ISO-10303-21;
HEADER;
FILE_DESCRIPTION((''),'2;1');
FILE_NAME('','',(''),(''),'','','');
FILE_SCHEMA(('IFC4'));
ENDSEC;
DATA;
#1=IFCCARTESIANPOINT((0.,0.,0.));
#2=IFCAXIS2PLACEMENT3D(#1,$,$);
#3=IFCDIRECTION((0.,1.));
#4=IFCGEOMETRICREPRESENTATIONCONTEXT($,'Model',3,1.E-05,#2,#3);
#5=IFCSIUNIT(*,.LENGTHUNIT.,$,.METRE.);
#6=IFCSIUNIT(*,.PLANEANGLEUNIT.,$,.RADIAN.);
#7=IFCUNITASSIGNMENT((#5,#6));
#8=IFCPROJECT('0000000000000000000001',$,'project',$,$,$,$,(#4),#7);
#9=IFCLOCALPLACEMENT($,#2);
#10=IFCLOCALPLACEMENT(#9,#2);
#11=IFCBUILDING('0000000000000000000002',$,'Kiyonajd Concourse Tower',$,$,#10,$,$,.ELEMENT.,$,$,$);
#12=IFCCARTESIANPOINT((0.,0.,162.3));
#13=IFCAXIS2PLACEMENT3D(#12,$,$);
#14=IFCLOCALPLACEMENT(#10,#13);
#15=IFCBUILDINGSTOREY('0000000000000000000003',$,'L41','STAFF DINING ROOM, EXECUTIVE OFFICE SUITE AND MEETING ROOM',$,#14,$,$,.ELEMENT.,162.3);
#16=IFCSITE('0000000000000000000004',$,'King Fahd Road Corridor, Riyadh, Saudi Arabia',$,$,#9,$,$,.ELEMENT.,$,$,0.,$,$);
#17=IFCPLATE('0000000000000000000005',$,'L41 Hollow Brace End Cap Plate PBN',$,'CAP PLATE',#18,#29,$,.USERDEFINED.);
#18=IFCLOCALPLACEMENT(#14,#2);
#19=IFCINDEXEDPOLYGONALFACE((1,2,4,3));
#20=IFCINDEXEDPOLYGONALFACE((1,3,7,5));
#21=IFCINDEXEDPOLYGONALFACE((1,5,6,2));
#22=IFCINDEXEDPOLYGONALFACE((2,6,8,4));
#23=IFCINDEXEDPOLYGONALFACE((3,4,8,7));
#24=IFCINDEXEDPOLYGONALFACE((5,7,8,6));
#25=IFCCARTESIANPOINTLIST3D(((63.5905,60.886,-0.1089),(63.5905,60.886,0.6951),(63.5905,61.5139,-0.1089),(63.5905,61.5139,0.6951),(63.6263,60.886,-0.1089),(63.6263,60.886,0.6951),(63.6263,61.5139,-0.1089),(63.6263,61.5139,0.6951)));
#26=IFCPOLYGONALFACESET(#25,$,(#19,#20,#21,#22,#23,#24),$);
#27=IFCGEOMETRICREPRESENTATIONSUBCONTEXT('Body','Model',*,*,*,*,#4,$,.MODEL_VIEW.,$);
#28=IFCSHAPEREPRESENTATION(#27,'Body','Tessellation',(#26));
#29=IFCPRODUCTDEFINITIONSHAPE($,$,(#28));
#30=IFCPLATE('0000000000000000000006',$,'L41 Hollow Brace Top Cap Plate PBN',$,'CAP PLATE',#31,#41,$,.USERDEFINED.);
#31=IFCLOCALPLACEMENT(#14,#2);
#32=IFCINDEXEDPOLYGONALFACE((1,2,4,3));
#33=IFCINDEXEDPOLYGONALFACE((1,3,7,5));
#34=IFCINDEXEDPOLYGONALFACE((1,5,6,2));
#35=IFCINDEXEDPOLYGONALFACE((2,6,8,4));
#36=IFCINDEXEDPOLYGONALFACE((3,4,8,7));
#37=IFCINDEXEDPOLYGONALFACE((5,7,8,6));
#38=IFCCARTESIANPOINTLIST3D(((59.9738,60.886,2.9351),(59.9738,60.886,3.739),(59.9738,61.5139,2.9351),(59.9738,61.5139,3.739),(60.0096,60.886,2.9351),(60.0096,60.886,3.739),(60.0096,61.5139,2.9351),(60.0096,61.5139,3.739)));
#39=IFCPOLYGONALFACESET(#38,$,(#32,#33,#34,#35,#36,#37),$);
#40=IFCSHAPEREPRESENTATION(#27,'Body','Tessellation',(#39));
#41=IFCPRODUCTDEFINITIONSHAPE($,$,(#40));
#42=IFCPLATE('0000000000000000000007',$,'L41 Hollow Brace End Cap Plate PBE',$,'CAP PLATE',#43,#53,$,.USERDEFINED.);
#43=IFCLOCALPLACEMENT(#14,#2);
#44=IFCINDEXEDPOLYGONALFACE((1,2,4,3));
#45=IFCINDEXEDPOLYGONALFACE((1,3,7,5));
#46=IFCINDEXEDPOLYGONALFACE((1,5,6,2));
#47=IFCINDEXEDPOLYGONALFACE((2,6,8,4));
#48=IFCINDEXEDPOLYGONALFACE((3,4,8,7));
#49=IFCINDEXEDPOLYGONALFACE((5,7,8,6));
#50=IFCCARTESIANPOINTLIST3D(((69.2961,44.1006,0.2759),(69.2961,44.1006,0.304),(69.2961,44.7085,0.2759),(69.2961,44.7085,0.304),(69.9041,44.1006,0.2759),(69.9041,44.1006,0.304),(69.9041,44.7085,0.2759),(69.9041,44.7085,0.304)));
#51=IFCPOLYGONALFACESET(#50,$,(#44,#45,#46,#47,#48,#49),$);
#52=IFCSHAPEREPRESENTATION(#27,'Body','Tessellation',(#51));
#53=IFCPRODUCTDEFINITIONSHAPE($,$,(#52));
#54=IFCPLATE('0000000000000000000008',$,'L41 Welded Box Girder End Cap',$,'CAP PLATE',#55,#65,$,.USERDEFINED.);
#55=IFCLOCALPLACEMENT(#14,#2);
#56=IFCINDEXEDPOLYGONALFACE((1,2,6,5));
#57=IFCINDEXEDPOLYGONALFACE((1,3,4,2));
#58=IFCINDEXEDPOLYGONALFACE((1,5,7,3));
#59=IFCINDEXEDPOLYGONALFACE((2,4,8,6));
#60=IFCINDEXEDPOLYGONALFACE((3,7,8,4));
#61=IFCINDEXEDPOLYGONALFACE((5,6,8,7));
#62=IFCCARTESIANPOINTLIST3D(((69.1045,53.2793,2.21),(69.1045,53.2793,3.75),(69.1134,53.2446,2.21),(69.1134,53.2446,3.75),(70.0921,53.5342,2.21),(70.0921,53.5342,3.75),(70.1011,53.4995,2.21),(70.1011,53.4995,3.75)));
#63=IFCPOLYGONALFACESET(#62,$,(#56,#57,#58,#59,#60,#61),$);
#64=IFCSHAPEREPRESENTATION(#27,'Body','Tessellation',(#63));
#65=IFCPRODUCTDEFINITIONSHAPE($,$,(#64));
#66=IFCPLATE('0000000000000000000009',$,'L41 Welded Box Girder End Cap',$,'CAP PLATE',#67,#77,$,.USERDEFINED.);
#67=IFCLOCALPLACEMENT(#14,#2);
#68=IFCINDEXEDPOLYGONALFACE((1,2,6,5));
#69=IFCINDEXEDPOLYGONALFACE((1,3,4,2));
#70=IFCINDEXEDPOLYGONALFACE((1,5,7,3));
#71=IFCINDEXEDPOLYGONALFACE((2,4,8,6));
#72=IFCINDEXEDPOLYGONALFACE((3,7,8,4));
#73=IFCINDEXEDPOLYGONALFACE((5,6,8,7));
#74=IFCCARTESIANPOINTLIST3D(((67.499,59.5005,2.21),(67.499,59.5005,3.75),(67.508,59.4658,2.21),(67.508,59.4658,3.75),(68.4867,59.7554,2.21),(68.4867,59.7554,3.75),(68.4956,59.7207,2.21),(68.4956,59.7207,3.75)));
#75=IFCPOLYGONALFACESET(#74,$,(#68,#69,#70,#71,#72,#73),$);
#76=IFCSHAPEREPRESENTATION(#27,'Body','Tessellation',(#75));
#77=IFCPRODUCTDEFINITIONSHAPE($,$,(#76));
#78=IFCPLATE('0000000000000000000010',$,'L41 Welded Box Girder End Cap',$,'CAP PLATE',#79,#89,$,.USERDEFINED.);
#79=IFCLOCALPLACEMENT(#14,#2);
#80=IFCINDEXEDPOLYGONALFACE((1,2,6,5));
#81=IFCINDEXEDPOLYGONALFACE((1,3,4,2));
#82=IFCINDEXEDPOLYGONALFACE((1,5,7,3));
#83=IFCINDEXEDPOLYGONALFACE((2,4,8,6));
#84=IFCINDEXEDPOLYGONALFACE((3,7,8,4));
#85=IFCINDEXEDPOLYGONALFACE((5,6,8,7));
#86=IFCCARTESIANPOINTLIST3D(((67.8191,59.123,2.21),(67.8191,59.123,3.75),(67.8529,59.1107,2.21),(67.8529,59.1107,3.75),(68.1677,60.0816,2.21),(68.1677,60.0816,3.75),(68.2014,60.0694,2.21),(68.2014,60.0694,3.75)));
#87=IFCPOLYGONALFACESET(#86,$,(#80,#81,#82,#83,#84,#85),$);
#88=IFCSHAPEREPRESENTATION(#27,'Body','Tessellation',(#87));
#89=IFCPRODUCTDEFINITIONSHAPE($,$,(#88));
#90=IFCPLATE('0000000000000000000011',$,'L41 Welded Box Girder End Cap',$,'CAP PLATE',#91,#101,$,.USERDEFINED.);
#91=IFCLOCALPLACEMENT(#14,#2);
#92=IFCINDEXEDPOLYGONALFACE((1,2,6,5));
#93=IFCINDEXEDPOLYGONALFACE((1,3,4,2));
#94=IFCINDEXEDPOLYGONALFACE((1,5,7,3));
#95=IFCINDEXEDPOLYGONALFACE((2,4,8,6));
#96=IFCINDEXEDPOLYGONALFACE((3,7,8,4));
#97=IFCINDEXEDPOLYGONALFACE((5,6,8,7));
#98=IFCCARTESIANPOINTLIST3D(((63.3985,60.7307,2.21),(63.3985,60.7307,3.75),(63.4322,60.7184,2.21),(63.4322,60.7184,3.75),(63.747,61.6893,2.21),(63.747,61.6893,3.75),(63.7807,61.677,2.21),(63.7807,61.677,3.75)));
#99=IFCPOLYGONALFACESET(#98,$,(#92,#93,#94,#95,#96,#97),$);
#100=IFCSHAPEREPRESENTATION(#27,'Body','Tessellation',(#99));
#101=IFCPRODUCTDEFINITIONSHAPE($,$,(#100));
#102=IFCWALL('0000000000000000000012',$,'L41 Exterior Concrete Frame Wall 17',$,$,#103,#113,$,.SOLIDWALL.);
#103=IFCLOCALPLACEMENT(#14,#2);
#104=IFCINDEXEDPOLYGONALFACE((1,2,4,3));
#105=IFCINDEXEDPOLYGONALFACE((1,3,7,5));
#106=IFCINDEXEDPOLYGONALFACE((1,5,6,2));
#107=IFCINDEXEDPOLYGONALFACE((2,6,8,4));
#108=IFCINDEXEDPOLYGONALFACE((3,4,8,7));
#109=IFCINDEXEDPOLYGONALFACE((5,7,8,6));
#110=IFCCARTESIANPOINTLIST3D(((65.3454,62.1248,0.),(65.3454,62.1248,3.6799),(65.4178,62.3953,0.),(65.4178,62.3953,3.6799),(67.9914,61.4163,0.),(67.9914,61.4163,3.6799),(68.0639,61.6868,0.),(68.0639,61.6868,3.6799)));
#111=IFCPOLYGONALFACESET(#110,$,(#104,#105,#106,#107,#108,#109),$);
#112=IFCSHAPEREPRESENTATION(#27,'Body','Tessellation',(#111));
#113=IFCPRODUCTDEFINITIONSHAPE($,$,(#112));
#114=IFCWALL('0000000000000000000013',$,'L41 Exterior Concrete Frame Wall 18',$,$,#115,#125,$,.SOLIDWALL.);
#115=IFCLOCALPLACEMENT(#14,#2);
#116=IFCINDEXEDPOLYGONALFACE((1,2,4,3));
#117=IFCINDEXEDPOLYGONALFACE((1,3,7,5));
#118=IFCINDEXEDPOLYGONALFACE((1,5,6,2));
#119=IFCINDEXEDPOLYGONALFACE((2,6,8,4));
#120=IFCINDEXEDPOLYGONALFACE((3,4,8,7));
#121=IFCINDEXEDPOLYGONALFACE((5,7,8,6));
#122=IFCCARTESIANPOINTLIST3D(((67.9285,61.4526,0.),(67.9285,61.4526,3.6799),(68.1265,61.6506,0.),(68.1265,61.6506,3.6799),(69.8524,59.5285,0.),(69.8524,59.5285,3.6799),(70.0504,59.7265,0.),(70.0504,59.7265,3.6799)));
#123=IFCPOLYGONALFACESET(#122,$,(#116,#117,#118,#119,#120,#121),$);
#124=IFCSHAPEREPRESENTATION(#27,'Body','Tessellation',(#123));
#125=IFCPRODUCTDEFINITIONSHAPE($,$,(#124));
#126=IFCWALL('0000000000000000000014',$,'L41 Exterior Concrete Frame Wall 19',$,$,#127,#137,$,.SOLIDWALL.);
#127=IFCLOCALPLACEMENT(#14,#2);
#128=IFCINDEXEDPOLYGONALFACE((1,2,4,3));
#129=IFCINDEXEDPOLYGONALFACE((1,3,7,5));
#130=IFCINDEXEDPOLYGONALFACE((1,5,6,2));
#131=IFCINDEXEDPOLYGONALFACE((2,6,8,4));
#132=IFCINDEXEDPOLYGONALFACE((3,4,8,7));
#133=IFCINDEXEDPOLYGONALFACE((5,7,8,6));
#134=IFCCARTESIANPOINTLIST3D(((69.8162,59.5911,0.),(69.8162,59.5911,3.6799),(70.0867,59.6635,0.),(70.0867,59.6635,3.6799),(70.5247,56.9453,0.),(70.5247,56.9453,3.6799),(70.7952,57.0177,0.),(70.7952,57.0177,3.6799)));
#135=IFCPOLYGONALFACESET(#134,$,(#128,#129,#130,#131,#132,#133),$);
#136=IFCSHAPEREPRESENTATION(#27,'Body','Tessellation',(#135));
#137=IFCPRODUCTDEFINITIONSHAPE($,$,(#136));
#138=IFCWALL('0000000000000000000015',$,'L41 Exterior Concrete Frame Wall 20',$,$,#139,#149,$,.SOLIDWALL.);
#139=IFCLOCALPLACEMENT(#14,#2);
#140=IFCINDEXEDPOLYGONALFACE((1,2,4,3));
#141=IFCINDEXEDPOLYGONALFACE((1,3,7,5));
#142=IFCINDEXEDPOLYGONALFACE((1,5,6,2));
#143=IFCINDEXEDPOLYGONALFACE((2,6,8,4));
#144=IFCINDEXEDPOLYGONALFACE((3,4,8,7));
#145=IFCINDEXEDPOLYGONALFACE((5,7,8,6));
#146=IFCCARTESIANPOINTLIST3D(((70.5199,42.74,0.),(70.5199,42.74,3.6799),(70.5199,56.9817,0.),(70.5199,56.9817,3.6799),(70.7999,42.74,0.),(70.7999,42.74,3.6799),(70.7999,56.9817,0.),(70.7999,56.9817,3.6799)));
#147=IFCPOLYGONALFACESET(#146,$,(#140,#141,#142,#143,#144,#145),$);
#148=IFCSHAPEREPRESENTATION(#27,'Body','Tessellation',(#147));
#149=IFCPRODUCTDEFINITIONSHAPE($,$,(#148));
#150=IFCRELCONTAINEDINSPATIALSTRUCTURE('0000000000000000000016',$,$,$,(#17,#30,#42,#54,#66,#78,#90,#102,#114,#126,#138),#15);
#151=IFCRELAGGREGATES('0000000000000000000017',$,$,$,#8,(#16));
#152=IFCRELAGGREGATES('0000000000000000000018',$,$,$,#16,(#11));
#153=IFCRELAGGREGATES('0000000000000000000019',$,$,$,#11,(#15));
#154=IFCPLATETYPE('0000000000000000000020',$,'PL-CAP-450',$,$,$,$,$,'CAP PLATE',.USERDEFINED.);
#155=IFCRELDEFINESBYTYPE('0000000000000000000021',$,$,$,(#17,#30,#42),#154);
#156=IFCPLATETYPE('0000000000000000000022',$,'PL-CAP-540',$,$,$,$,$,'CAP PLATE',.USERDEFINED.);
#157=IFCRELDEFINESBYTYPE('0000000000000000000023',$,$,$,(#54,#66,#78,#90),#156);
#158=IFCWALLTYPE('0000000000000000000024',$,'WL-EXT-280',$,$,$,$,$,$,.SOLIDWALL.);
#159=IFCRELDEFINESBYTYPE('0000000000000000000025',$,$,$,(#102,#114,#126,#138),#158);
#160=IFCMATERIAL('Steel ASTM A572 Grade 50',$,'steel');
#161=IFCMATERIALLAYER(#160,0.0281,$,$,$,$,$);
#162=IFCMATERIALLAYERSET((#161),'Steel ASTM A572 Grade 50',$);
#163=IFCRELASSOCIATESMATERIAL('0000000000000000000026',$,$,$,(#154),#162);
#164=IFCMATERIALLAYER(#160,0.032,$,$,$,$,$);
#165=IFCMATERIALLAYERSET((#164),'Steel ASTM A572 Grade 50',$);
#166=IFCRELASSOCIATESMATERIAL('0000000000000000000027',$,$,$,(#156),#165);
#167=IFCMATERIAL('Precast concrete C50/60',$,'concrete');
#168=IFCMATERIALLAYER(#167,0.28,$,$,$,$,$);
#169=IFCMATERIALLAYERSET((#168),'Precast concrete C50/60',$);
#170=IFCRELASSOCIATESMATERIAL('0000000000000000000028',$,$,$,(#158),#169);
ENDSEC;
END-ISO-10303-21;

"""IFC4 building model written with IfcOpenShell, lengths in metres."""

from ifc_helpers import new_model, si_unit, direction, frame, frame_2d, origin, origin_2d, place, context, subcontext, project, spatial, rectangle, extrude, material, layer, layer_set, type_object, element, save


model = new_model("IFC4")

# Units and contexts
model_context = context("Model", 3, precision=1e-05, world=origin(), true_north=direction((0.0, 1.0)))
body_context = subcontext(model_context, "Body", "Model", "MODEL_VIEW")
ifc_project = project(units=[si_unit("LENGTHUNIT", "METRE"), si_unit("PLANEANGLEUNIT", "RADIAN")], contexts=[model_context])

# Site, building, storey
site_placement = place(None, origin())
site = spatial("IfcSite", under=ifc_project, at=site_placement, Name="King Fahd Road Corridor, Riyadh, Saudi Arabia", CompositionType="ELEMENT", RefElevation=0.0)
building_placement = place(site_placement, origin())
building = spatial("IfcBuilding", under=site, at=building_placement, Name="Kiyonajd Concourse Tower", CompositionType="ELEMENT")
storey_placement = place(building_placement, frame((0.0, 0.0, 162.3)))
storey = spatial("IfcBuildingStorey", under=building, at=storey_placement, Name="L41", Description="STAFF DINING ROOM, EXECUTIVE OFFICE SUITE AND MEETING ROOM", CompositionType="ELEMENT", Elevation=162.3)

# Shared definitions
ifc_material_1 = material(Name="Steel ASTM A572 Grade 50", Category="steel")

# Plates
ifc_layer_1 = layer(ifc_material_1, 0.0281)
ifc_layer_set_1 = layer_set([ifc_layer_1], Name="Steel ASTM A572 Grade 50")
plate_type_1 = type_object("IfcPlateType", Name="PL-CAP-450", ElementType="CAP PLATE", PredefinedType="USERDEFINED", material=ifc_layer_set_1)
for number, where, z_axis, x_axis, name in (
    (1, (63.6084, 61.2, -0.1089), (0.0, 0.0, 1.0), (1.0, 0.0, 0.0), "L41 Hollow Brace End Cap Plate PBN"),
    (2, (59.9917, 61.2, 2.9351), (0.0, 0.0, 1.0), (-1.0, 0.0, 0.0), "L41 Hollow Brace Top Cap Plate PBN"),
):
    element("IfcPlate", number, at=place(storey_placement, frame(where, z_axis=z_axis, x_axis=x_axis)), inside=storey, type_object=plate_type_1, Name=name, ObjectType="CAP PLATE", PredefinedType="USERDEFINED", context=body_context, shape_type="SweptSolid", body=[
        extrude(rectangle(XDim=0.0359, YDim=0.6279, at=origin_2d()), origin(), (0.0, 0.0, 1.0), 0.804),
    ])
plate_placement = place(storey_placement, frame((69.6001, 44.4045, 0.2759), z_axis=(0.0, 0.0, 1.0), x_axis=(1.0, 0.0, 0.0)))
element("IfcPlate", 3, at=plate_placement, inside=storey, type_object=plate_type_1, Name="L41 Hollow Brace End Cap Plate PBE", ObjectType="CAP PLATE", PredefinedType="USERDEFINED", context=body_context, shape_type="SweptSolid", body=[
    extrude(rectangle(XDim=0.6079, YDim=0.6079, at=origin_2d()), origin(), (0.0, 0.0, 1.0), 0.0281),
])
ifc_layer_2 = layer(ifc_material_1, 0.032)
ifc_layer_set_2 = layer_set([ifc_layer_2], Name="Steel ASTM A572 Grade 50")
plate_type_2 = type_object("IfcPlateType", Name="PL-CAP-540", ElementType="CAP PLATE", PredefinedType="USERDEFINED", material=ifc_layer_set_2)
for number, where, z_axis, x_axis, name in (
    (4, (69.6028, 53.3894, 2.21), (0.0, 0.0, 1.0), (0.249873, -0.968279, 0.0), "L41 Welded Box Girder End Cap"),
    (5, (67.9973, 59.6106, 2.21), (0.0, 0.0, 1.0), (-0.249873, 0.968279, 0.0), "L41 Welded Box Girder End Cap"),
    (6, (68.0103, 59.5962, 2.21), (0.0, 0.0, 1.0), (0.939812, -0.341692, 0.0), "L41 Welded Box Girder End Cap"),
    (7, (63.5896, 61.2039, 2.21), (0.0, 0.0, 1.0), (-0.939812, 0.341692, 0.0), "L41 Welded Box Girder End Cap"),
):
    element("IfcPlate", number, at=place(storey_placement, frame(where, z_axis=z_axis, x_axis=x_axis)), inside=storey, type_object=plate_type_2, Name=name, ObjectType="CAP PLATE", PredefinedType="USERDEFINED", context=body_context, shape_type="SweptSolid", body=[
        extrude(rectangle(XDim=0.0359, YDim=1.02, at=origin_2d()), origin(), (0.0, 0.0, 1.0), 1.54),
    ])

# Walls
ifc_material_2 = material(Name="Precast concrete C50/60", Category="concrete")
ifc_layer_3 = layer(ifc_material_2, 0.28)
ifc_layer_set_3 = layer_set([ifc_layer_3], Name="Precast concrete C50/60")
wall_type = type_object("IfcWallType", Name="WL-EXT-280", PredefinedType="SOLIDWALL", material=ifc_layer_set_3)
wall_1_placement = place(storey_placement, frame((65.3816, 62.26, 0.0), z_axis=(0.0, 0.0, 1.0), x_axis=(0.965971, -0.25865, 0.0)))
element("IfcWall", 8, at=wall_1_placement, inside=storey, type_object=wall_type, Name="L41 Exterior Concrete Frame Wall 17", PredefinedType="SOLIDWALL", context=body_context, shape_type="SweptSolid", body=[
    extrude(rectangle(XDim=2.7393, YDim=0.28, at=frame_2d((1.3696, 0.0))), origin(), (0.0, 0.0, 1.0), 3.6799),
])
wall_2_placement = place(storey_placement, frame((68.0276, 61.5515, 0.0), z_axis=(0.0, 0.0, 1.0), x_axis=(0.707062, -0.707152, 0.0)))
element("IfcWall", 9, at=wall_2_placement, inside=storey, type_object=wall_type, Name="L41 Exterior Concrete Frame Wall 18", PredefinedType="SOLIDWALL", context=body_context, shape_type="SweptSolid", body=[
    extrude(rectangle(XDim=2.7209, YDim=0.28, at=frame_2d((1.3604, 0.0))), origin(), (0.0, 0.0, 1.0), 3.6799),
])
wall_3_placement = place(storey_placement, frame((69.9514, 59.6274, 0.0), z_axis=(0.0, 0.0, 1.0), x_axis=(0.258672, -0.965965, 0.0)))
element("IfcWall", 10, at=wall_3_placement, inside=storey, type_object=wall_type, Name="L41 Exterior Concrete Frame Wall 19", PredefinedType="SOLIDWALL", context=body_context, shape_type="SweptSolid", body=[
    extrude(rectangle(XDim=2.739, YDim=0.28, at=frame_2d((1.3696, 0.0))), origin(), (0.0, 0.0, 1.0), 3.6799),
])
wall_4_placement = place(storey_placement, frame((70.6599, 56.9817, 0.0), z_axis=(0.0, 0.0, 1.0), x_axis=(0.0, -1.0, 0.0)))
element("IfcWall", 11, at=wall_4_placement, inside=storey, type_object=wall_type, Name="L41 Exterior Concrete Frame Wall 20", PredefinedType="SOLIDWALL", context=body_context, shape_type="SweptSolid", body=[
    extrude(rectangle(XDim=14.2417, YDim=0.28, at=frame_2d((7.1208, 0.0))), origin(), (0.0, 0.0, 1.0), 3.6799),
])

save(model, "model.ifc")
